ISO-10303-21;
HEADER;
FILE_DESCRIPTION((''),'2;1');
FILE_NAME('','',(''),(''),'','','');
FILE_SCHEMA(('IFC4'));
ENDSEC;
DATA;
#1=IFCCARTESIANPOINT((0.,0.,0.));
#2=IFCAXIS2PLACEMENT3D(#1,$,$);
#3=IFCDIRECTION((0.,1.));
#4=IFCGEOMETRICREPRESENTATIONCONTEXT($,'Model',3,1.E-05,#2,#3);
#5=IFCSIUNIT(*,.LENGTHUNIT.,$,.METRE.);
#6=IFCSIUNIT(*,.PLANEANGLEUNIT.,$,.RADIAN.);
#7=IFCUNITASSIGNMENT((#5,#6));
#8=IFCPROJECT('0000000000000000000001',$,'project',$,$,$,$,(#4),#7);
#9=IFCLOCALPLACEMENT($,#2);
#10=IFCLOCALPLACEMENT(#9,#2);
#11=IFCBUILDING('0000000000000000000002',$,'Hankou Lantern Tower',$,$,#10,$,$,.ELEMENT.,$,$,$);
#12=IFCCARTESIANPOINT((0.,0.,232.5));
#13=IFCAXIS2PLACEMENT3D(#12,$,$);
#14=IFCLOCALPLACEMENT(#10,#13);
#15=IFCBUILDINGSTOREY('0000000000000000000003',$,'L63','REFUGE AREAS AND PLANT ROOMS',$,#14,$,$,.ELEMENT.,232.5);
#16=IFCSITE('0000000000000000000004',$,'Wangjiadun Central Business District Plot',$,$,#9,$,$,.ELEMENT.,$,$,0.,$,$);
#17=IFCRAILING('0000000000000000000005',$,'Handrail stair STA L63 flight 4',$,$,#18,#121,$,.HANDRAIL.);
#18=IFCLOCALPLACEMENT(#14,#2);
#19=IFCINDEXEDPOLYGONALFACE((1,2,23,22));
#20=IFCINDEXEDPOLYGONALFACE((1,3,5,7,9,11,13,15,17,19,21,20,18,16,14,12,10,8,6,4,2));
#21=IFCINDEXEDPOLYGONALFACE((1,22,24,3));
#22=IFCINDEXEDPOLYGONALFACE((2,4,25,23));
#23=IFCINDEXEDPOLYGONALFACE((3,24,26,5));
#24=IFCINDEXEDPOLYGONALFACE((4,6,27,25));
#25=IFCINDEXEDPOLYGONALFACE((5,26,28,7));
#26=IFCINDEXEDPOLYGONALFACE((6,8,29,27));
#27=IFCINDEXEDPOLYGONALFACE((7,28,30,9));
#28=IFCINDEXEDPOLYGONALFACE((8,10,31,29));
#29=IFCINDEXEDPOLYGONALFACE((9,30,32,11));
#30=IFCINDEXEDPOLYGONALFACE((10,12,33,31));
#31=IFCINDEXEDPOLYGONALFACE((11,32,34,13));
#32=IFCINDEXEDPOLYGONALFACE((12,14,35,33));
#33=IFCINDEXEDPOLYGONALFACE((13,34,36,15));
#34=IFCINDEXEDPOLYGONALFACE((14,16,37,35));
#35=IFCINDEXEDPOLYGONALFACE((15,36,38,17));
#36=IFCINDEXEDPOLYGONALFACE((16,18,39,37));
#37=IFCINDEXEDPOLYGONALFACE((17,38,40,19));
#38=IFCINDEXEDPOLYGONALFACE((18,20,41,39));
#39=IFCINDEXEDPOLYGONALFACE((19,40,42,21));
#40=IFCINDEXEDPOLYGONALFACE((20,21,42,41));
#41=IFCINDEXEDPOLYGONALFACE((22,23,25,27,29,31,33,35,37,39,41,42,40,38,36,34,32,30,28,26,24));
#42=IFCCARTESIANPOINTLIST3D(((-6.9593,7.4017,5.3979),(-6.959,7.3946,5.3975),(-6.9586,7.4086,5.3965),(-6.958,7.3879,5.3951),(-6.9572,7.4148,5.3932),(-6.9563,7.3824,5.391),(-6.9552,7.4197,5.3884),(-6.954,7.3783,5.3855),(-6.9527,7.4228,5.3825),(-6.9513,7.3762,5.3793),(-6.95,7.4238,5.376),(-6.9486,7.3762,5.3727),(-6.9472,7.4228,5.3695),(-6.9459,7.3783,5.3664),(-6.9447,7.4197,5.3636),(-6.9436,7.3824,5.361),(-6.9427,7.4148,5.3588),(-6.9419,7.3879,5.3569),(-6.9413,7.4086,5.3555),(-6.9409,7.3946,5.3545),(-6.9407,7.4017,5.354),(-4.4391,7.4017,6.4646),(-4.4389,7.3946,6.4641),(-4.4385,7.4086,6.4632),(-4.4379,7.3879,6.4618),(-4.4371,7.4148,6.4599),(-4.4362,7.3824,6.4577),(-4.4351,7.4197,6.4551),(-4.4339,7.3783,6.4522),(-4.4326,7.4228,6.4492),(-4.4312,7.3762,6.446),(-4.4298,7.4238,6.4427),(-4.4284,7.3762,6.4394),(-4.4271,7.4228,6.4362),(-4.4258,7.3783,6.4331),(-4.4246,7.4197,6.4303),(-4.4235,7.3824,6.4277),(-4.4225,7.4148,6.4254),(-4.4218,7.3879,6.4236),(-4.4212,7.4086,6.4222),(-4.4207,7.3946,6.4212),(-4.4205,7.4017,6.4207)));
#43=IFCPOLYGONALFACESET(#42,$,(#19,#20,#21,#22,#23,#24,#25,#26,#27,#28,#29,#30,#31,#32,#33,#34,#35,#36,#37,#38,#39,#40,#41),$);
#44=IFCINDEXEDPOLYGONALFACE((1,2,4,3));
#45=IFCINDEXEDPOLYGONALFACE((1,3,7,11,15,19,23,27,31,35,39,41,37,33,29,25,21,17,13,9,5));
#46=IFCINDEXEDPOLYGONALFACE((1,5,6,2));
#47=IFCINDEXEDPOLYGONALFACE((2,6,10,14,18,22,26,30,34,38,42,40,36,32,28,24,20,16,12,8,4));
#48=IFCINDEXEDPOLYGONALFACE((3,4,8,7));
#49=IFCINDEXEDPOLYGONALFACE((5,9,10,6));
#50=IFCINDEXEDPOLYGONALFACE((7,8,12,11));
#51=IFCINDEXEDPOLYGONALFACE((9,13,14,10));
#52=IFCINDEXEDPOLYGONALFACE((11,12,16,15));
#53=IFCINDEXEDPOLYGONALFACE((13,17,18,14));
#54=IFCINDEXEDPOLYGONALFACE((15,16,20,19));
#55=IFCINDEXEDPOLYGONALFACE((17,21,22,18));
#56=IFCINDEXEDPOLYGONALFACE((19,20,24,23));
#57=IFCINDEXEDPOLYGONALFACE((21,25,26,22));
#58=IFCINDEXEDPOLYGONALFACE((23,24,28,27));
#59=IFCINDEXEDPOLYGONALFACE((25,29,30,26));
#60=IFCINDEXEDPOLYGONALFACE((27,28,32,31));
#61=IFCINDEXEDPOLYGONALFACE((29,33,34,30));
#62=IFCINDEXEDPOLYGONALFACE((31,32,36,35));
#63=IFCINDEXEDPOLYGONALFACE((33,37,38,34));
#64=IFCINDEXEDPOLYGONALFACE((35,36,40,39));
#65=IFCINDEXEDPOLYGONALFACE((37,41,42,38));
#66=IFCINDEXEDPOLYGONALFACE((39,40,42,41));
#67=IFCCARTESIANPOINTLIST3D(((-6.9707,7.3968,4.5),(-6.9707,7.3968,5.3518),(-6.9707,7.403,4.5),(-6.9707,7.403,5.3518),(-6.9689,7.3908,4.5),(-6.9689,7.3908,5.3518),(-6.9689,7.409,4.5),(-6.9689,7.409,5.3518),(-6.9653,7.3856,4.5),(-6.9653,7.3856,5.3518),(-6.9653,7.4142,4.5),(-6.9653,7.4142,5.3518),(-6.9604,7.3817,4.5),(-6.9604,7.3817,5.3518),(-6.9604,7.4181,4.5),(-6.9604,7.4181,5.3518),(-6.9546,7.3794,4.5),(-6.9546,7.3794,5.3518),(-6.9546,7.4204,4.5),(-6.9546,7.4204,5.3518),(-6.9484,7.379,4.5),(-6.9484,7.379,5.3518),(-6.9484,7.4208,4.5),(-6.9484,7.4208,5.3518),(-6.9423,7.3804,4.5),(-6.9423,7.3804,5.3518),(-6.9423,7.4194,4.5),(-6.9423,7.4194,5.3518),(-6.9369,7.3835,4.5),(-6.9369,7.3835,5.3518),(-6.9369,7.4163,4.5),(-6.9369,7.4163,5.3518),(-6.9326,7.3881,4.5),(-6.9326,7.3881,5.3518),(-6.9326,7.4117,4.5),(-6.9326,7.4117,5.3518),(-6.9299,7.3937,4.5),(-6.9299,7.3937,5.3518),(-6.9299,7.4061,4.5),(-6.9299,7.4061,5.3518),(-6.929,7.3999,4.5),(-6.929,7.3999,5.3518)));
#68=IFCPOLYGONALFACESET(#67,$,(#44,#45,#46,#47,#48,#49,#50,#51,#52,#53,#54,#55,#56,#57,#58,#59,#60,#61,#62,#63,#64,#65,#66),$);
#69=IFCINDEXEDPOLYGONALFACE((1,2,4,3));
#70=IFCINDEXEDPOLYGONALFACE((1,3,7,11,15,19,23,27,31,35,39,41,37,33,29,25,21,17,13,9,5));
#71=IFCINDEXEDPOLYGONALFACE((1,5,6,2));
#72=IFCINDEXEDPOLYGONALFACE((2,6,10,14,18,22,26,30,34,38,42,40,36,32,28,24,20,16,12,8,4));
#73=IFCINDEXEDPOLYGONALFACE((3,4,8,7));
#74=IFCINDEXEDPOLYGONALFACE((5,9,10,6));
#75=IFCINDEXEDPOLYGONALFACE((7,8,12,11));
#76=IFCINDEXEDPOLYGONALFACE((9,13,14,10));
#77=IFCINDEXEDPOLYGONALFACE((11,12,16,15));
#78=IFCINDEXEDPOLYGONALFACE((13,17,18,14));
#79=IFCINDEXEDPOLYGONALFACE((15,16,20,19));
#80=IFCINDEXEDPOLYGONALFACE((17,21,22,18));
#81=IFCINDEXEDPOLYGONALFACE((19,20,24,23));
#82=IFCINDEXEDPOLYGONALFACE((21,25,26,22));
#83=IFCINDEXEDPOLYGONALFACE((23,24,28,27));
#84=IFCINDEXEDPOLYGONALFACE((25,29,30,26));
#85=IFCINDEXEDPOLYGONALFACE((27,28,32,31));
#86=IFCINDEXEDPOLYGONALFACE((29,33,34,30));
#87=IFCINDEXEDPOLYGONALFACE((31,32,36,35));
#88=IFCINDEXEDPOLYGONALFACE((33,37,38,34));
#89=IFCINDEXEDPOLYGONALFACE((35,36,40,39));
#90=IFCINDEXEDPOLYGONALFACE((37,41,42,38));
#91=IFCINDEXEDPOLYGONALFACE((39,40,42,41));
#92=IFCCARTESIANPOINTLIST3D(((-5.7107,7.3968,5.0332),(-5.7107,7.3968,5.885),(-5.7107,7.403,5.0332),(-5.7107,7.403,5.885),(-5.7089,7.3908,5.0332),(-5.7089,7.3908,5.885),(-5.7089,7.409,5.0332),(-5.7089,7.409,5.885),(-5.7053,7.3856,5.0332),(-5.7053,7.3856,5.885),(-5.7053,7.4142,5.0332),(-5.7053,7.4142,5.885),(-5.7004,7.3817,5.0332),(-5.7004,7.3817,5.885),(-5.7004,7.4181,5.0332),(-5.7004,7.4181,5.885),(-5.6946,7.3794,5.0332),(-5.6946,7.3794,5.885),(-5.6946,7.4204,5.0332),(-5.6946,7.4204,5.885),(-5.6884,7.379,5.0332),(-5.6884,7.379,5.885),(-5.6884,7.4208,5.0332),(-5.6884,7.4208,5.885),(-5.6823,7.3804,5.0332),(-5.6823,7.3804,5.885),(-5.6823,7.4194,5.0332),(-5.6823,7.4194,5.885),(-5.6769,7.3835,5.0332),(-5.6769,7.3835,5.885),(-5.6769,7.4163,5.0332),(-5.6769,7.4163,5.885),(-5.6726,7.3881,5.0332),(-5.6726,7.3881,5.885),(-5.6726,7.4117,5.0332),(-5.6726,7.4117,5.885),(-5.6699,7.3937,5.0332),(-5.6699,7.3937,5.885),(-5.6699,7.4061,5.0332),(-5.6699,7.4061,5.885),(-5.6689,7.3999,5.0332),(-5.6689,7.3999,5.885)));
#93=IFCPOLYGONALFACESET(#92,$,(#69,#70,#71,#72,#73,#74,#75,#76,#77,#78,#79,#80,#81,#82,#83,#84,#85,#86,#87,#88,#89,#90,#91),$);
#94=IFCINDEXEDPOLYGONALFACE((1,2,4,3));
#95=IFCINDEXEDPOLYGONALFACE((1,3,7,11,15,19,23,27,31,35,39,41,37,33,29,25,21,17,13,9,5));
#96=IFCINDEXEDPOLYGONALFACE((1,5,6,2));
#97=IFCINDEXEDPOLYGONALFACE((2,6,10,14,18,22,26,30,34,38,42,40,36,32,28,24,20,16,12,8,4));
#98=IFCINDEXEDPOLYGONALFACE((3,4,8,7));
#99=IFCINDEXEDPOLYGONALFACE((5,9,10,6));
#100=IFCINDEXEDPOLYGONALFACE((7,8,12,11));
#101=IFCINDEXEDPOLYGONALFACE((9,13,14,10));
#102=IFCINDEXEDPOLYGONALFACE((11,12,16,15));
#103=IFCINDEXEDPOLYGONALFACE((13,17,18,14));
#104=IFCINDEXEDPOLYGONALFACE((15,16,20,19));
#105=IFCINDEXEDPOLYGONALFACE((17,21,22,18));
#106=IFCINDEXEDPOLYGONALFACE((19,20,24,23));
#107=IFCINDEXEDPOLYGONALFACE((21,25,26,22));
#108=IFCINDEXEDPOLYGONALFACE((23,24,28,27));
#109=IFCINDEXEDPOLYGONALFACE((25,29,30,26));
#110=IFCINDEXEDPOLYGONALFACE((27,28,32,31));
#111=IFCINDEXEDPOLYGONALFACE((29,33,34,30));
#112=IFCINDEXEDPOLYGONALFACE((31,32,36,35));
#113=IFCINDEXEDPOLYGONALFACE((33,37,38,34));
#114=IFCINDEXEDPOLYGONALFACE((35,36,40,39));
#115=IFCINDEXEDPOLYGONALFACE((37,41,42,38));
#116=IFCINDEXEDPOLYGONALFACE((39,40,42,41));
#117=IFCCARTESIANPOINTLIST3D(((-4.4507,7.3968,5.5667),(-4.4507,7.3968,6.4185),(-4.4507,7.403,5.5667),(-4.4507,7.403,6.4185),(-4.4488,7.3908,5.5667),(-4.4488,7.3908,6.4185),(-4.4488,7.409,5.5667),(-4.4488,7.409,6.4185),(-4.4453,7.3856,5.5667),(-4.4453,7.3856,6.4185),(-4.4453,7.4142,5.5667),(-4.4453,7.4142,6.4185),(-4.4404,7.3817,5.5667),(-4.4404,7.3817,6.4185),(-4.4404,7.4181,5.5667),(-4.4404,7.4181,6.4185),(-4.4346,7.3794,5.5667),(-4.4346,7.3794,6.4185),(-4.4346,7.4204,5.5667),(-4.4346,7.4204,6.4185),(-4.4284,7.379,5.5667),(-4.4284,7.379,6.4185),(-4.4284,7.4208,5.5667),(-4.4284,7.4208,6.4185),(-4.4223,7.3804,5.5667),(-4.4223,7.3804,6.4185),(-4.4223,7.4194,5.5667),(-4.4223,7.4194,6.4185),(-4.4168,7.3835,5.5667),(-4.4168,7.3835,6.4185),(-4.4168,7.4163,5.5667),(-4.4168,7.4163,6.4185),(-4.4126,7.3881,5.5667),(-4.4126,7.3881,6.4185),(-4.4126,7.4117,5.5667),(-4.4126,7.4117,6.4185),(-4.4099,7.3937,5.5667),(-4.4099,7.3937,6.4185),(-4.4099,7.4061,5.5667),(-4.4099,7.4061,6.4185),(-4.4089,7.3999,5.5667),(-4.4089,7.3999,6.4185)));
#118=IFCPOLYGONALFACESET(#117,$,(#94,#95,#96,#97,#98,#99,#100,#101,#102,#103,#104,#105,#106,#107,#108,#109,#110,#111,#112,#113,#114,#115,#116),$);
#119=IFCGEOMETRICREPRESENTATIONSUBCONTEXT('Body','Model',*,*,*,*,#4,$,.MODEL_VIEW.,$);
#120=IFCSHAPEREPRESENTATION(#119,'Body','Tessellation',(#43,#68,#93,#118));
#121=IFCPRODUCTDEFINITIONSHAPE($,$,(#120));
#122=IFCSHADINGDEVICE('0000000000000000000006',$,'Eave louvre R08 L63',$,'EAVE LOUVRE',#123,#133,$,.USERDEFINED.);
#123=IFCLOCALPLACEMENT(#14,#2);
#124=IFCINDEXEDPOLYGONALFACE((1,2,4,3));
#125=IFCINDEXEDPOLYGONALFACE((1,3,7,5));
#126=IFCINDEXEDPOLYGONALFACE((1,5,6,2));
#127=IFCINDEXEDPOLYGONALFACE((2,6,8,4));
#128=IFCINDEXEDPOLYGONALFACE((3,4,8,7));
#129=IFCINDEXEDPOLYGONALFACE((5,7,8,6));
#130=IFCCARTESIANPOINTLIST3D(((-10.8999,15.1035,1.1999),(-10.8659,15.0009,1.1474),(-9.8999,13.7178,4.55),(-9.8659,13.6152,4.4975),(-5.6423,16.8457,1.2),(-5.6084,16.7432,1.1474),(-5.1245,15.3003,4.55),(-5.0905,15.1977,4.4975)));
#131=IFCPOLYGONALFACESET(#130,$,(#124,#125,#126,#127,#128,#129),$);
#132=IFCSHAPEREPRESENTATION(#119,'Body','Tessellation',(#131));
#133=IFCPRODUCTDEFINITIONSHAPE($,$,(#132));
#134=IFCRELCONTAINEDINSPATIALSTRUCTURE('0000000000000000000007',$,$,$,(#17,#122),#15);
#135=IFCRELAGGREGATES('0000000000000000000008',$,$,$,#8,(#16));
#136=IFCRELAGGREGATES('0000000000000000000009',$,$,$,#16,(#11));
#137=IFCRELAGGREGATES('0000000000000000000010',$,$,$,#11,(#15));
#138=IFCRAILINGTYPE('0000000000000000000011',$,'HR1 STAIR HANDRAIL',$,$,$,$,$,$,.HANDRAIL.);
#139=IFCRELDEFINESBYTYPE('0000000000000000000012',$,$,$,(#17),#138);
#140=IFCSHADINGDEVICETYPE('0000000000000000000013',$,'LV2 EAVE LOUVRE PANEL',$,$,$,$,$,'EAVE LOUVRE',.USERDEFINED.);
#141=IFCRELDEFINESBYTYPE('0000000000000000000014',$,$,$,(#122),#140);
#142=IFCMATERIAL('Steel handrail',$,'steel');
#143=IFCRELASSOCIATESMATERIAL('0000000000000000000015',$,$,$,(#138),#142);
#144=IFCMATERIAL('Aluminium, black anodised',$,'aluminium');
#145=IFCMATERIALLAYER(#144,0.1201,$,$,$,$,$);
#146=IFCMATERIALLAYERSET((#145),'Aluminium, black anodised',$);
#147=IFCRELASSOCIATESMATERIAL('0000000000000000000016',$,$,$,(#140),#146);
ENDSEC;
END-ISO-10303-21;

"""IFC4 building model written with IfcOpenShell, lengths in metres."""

from ifc_helpers import new_model, si_unit, direction, frame, origin, origin_2d, place, context, subcontext, project, spatial, polyline, circle, outline, extrude, material, layer, layer_set, type_object, element, save


model = new_model("IFC4")

# Units and contexts
model_context = context("Model", 3, precision=1e-05, world=origin(), true_north=direction((0.0, 1.0)))
body_context = subcontext(model_context, "Body", "Model", "MODEL_VIEW")
ifc_project = project(units=[si_unit("LENGTHUNIT", "METRE"), si_unit("PLANEANGLEUNIT", "RADIAN")], contexts=[model_context])

# Site, building, storey
site_placement = place(None, origin())
site = spatial("IfcSite", under=ifc_project, at=site_placement, Name="Wangjiadun Central Business District Plot", CompositionType="ELEMENT", RefElevation=0.0)
building_placement = place(site_placement, origin())
building = spatial("IfcBuilding", under=site, at=building_placement, Name="Hankou Lantern Tower", CompositionType="ELEMENT")
storey_placement = place(building_placement, frame((0.0, 0.0, 232.5)))
storey = spatial("IfcBuildingStorey", under=building, at=storey_placement, Name="L63", Description="REFUGE AREAS AND PLANT ROOMS", CompositionType="ELEMENT", Elevation=232.5)

# Railing
ifc_material_1 = material(Name="Steel handrail", Category="steel")
railing_type = type_object("IfcRailingType", Name="HR1 STAIR HANDRAIL", PredefinedType="HANDRAIL", material=ifc_material_1)
railing_1_placement = place(storey_placement, frame((-6.95, 7.3999, 4.5)))
element("IfcRailing", 1, at=railing_1_placement, inside=storey, type_object=railing_type, Name="Handrail stair STA L63 flight 4", PredefinedType="HANDRAIL", context=body_context, shape_type="SweptSolid", body=[
    extrude(circle(Radius=0.0239, at=origin_2d()), frame((0.0, 0.0, 0.876), z_axis=(0.920903, 0.0, 0.389791), x_axis=(0.0, 1.0, 0.0)), (0.0, 0.0, 1.0), 2.7366),
    extrude(circle(Radius=0.021, at=origin_2d()), origin(), (0.0, 0.0, 1.0), 0.8518),
    extrude(circle(Radius=0.021, at=origin_2d()), frame((1.26, 0.0, 0.5332)), (0.0, 0.0, 1.0), 0.8518),
    extrude(circle(Radius=0.021, at=origin_2d()), frame((2.52, 0.0, 1.0667)), (0.0, 0.0, 1.0), 0.8518),
])

# Shading device
ifc_material_2 = material(Name="Aluminium, black anodised", Category="aluminium")
ifc_layer_1 = layer(ifc_material_2, 0.1201)
ifc_layer_set_1 = layer_set([ifc_layer_1], Name="Aluminium, black anodised")
shading_device_type = type_object("IfcShadingDeviceType", Name="LV2 EAVE LOUVRE PANEL", ElementType="EAVE LOUVRE", PredefinedType="USERDEFINED", material=ifc_layer_set_1)
shading_device_placement = place(storey_placement, frame((-5.6423, 16.8457, 1.2), z_axis=(-0.282857, 0.853576, 0.437493), x_axis=(-0.949239, -0.314555, -0.000004)))
element("IfcShadingDevice", 2, at=shading_device_placement, inside=storey, type_object=shading_device_type, Name="Eave louvre R08 L63", ObjectType="EAVE LOUVRE", PredefinedType="USERDEFINED", context=body_context, shape_type="SweptSolid", body=[
    extrude(outline(polyline([(0.0, 0.0), (5.5387, 0.0), (5.0253, 3.7256), (-0.0054, 3.7255), (0.0, 0.0)])), origin(), (0.0, 0.0, -1.0), 0.1201),
])

save(model, "model.ifc")
